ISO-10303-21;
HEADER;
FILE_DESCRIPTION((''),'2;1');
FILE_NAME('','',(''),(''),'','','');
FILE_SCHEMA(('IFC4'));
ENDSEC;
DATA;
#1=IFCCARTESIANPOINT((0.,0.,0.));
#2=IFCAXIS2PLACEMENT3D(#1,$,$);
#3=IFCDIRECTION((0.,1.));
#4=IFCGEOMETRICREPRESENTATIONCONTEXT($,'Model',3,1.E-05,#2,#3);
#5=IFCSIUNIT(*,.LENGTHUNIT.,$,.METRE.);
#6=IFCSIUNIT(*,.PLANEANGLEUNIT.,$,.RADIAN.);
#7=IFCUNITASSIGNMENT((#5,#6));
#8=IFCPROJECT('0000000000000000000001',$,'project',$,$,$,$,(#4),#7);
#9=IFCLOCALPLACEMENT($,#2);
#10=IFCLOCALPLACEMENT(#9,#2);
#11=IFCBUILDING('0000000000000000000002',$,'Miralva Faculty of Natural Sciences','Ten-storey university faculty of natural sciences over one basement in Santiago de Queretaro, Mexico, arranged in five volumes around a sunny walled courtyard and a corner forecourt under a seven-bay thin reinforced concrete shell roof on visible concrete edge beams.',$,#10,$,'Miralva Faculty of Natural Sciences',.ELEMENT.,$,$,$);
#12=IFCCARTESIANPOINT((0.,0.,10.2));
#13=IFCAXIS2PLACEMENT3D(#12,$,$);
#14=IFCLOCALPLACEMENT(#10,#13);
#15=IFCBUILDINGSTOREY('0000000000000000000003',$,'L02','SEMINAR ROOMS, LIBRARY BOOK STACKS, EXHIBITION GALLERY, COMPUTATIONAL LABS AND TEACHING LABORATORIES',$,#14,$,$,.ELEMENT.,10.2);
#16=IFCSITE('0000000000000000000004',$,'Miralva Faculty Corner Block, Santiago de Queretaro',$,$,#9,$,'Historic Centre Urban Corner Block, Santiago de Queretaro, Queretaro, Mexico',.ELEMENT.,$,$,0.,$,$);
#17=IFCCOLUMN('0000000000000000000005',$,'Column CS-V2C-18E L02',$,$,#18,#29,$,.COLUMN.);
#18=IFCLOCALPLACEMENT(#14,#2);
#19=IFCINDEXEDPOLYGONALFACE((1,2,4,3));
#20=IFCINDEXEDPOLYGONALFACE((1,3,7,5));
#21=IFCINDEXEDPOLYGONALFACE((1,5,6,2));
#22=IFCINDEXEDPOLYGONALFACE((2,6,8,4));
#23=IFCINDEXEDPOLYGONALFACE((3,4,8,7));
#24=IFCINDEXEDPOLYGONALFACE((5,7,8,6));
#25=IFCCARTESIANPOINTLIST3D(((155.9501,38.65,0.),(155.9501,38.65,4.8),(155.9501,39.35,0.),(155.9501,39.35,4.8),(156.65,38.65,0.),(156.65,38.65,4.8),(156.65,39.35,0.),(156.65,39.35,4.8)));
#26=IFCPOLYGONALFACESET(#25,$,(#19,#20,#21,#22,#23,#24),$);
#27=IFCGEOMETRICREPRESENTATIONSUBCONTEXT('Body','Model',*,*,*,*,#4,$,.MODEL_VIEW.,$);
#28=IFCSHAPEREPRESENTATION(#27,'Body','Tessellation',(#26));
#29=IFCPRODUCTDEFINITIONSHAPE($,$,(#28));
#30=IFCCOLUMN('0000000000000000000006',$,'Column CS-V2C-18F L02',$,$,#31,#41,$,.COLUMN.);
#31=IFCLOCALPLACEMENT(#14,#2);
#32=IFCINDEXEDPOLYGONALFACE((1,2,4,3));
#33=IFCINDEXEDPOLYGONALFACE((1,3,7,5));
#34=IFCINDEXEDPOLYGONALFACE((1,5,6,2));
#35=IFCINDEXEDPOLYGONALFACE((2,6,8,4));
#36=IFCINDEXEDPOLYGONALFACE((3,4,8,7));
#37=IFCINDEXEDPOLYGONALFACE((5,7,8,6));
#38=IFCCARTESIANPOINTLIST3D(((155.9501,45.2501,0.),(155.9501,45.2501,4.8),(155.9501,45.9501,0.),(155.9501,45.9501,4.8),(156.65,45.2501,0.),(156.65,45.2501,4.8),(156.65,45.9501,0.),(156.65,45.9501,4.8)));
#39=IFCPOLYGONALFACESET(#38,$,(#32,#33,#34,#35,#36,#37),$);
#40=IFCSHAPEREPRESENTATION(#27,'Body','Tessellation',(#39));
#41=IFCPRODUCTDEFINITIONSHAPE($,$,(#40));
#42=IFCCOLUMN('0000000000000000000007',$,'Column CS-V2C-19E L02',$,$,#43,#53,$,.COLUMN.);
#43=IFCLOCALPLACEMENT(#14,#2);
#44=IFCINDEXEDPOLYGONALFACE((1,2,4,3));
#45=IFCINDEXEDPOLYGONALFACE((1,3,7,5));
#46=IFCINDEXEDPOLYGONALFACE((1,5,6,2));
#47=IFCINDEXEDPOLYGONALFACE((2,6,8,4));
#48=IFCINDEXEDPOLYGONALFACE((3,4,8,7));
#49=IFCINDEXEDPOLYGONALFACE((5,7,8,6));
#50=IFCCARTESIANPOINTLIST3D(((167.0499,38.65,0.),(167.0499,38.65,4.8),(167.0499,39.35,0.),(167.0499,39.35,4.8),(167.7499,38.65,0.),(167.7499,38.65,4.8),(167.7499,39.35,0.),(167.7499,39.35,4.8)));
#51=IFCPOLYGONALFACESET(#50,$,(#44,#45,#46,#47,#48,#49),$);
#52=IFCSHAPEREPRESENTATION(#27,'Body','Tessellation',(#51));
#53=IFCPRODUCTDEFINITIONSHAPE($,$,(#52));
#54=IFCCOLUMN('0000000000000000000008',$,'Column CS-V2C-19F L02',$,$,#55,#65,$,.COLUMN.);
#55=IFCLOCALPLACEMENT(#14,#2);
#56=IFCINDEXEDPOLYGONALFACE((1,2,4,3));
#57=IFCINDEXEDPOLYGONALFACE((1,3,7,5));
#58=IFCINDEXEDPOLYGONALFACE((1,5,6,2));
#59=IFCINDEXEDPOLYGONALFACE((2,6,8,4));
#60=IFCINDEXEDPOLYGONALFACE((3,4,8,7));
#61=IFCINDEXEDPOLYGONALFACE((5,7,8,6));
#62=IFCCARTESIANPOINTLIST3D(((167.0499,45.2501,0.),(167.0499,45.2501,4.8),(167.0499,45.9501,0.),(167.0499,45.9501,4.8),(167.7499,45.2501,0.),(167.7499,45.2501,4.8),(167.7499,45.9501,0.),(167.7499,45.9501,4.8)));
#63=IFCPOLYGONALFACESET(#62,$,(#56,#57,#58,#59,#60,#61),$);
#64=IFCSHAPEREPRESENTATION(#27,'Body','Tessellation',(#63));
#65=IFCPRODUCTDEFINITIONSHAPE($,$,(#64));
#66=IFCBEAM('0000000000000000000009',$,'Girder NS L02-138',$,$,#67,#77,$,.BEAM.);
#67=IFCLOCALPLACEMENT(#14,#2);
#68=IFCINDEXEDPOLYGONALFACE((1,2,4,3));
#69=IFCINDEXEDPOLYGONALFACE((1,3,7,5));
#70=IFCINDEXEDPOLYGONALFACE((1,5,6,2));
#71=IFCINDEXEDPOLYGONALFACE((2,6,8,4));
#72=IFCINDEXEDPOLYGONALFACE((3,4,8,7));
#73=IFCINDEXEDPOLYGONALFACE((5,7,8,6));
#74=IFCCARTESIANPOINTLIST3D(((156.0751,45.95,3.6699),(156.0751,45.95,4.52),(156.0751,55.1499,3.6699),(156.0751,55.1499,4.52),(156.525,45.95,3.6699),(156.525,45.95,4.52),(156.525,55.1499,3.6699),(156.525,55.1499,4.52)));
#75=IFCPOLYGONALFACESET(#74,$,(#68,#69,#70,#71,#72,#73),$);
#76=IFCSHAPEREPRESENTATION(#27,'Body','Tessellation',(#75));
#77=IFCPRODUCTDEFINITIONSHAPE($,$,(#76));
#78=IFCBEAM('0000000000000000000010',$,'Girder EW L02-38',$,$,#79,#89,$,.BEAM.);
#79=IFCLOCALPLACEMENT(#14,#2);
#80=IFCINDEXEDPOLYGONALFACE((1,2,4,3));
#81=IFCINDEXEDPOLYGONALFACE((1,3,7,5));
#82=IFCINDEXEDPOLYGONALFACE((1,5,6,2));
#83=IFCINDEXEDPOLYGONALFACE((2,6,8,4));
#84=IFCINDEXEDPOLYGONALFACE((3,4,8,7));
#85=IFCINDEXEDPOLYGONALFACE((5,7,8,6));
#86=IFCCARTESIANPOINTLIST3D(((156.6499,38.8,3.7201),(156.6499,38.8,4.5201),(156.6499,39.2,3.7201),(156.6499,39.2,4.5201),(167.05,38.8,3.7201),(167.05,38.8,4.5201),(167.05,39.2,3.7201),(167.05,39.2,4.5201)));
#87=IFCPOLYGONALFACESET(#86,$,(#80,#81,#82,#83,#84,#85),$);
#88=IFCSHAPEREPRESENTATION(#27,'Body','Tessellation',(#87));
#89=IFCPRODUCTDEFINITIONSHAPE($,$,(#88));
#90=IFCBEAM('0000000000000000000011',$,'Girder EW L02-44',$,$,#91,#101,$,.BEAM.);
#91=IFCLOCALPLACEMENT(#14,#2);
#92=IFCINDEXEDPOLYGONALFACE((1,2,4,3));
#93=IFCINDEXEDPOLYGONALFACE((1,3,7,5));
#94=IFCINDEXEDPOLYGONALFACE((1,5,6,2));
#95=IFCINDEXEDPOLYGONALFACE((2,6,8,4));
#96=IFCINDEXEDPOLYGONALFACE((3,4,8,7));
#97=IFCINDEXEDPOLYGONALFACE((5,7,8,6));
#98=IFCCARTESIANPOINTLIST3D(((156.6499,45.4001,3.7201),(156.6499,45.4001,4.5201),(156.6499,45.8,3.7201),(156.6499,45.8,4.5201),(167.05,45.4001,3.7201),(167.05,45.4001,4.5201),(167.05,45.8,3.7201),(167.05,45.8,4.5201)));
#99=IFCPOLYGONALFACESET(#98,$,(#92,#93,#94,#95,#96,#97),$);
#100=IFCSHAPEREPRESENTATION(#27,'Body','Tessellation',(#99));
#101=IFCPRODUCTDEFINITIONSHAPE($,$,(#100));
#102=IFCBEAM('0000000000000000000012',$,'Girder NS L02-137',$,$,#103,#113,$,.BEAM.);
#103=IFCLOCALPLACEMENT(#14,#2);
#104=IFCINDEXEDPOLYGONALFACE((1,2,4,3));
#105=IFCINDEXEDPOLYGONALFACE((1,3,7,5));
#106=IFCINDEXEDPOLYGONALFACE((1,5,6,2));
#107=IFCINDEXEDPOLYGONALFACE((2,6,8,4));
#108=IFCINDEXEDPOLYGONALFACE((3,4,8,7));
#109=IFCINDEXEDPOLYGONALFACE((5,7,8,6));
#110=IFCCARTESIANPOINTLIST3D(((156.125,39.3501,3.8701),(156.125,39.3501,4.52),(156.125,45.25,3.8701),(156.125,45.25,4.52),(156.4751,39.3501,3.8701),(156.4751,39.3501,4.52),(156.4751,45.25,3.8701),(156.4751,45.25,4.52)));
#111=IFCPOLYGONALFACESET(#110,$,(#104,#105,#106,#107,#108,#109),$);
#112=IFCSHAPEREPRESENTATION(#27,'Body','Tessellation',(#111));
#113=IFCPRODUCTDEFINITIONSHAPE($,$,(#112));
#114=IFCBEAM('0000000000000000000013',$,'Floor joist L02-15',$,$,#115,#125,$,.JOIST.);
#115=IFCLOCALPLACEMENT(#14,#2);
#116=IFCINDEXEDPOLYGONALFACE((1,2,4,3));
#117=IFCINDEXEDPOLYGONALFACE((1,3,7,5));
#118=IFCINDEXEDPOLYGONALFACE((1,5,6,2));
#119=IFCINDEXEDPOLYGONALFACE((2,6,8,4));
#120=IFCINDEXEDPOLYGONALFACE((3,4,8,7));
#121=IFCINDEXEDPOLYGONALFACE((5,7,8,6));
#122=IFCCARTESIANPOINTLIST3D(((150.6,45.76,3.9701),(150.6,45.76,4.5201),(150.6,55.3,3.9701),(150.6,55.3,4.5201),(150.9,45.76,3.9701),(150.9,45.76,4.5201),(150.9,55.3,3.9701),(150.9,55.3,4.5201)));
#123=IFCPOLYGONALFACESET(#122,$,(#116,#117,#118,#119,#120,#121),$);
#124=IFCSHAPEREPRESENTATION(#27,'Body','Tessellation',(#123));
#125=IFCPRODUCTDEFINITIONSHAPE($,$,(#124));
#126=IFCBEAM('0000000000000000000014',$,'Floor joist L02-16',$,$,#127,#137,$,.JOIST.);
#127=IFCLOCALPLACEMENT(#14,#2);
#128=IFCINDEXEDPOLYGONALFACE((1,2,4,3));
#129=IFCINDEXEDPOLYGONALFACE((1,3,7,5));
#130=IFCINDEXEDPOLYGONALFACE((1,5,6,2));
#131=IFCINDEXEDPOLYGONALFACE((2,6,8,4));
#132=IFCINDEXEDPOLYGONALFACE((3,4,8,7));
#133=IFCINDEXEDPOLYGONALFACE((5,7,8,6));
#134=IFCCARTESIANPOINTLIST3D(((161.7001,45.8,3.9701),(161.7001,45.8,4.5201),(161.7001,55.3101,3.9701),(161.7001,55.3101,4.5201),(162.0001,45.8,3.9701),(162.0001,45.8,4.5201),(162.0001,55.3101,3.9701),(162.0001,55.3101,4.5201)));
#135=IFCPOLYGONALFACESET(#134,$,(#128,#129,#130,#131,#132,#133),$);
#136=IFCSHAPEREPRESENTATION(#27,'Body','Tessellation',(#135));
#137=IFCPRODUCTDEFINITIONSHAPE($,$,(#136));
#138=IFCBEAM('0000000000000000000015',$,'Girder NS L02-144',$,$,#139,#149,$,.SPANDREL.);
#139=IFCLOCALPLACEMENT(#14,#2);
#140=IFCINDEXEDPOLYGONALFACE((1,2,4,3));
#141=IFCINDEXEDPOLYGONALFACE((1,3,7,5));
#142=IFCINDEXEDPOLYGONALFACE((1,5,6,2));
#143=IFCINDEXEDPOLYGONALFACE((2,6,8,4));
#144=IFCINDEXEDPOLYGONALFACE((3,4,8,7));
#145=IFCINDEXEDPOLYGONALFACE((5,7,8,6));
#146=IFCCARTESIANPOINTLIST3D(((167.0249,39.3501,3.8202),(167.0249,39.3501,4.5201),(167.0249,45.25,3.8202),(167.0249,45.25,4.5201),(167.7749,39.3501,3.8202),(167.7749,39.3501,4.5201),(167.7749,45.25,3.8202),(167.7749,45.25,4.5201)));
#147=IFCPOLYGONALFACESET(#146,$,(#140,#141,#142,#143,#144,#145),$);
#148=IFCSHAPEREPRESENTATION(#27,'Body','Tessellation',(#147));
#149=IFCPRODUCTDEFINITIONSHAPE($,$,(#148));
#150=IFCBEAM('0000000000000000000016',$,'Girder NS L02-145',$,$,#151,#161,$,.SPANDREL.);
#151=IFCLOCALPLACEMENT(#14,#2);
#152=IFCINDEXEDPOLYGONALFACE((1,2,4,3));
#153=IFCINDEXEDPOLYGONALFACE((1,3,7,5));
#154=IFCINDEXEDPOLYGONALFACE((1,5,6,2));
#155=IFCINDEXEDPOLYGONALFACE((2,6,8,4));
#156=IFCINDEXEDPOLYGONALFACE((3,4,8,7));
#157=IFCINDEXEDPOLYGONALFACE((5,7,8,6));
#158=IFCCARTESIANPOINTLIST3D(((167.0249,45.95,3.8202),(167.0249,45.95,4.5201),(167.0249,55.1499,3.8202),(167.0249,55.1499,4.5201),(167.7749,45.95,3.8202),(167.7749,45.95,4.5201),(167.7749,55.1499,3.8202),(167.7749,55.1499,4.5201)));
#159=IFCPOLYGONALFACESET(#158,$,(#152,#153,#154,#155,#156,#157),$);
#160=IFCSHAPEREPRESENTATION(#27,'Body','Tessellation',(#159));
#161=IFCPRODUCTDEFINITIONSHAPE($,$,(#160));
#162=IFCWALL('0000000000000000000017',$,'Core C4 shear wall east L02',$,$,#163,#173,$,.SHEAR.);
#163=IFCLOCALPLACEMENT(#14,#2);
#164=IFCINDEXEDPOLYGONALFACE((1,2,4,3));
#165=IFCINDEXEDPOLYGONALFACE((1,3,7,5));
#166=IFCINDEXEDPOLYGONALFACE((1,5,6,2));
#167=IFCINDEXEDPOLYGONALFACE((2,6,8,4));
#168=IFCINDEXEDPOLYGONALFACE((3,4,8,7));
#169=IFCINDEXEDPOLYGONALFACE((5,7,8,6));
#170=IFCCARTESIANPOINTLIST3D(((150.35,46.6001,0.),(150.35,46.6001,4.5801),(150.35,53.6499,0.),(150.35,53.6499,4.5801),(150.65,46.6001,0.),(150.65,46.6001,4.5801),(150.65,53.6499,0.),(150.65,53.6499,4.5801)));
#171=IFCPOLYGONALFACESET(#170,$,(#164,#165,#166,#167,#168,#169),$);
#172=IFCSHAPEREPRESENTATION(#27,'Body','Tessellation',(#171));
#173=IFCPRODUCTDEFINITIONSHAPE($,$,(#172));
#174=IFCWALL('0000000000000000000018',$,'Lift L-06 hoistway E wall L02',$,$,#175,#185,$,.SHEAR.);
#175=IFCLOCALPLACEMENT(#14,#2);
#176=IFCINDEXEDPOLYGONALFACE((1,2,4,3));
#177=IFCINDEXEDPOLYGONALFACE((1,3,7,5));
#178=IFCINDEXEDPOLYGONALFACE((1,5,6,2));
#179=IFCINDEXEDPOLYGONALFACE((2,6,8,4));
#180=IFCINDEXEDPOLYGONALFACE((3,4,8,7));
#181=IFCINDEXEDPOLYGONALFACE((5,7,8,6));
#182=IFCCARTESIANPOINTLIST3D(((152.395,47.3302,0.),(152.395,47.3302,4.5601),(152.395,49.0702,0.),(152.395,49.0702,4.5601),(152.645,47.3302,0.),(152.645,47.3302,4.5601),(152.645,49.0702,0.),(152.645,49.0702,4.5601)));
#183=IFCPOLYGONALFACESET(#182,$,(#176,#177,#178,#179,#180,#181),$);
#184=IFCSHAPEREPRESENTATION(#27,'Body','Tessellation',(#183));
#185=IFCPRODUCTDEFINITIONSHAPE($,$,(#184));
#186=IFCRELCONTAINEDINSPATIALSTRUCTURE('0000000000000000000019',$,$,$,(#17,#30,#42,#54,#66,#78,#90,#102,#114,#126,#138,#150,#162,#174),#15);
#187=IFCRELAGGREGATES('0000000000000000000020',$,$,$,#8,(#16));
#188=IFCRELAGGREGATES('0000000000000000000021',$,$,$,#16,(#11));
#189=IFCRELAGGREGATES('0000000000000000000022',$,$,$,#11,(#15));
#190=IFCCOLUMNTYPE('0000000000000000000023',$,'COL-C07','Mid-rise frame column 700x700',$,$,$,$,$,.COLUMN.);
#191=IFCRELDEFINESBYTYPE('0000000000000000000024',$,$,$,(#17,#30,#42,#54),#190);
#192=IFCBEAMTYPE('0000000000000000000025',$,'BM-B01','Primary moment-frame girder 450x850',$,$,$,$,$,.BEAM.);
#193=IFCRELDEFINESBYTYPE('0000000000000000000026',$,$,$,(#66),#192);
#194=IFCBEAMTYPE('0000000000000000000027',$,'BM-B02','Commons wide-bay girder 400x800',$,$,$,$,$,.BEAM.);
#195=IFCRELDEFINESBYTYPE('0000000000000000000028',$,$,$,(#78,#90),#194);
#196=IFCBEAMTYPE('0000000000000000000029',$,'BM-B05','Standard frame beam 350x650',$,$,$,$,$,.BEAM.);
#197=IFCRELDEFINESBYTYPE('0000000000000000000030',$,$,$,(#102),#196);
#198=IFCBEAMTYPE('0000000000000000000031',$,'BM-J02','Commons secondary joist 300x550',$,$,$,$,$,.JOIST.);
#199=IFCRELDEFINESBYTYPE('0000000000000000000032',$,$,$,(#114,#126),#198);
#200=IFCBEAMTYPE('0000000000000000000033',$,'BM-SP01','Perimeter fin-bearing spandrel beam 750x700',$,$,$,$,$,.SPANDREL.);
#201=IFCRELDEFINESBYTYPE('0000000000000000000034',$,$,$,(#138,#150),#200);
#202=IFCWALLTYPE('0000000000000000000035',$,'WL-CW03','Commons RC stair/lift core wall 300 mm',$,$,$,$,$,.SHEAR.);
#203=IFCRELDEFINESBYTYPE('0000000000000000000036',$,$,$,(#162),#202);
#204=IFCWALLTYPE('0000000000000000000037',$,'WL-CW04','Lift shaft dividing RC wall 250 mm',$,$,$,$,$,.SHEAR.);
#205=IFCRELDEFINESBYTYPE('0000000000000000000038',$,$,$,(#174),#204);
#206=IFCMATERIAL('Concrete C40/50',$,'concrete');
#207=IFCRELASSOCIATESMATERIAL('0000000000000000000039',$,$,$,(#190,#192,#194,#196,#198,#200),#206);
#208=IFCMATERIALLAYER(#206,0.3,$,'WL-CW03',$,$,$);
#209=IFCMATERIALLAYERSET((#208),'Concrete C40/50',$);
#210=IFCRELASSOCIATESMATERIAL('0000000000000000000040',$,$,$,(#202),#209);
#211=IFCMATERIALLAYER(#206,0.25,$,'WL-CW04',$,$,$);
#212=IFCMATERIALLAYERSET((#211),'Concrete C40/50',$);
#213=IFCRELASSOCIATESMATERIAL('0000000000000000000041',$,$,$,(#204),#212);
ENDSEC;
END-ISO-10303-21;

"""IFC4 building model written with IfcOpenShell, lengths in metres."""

from ifc_helpers import new_model, si_unit, direction, frame, frame_2d, origin, origin_2d, place, context, subcontext, project, spatial, rectangle, extrude, material, layer, layer_set, material_profile, profile_set, type_object, element, save


model = new_model("IFC4")

# Units and contexts
model_context = context("Model", 3, precision=1e-05, world=origin(), true_north=direction((0.0, 1.0)))
body_context = subcontext(model_context, "Body", "Model", "MODEL_VIEW")
ifc_project = project(units=[si_unit("LENGTHUNIT", "METRE"), si_unit("PLANEANGLEUNIT", "RADIAN")], contexts=[model_context])

# Site, building, storey
site_placement = place(None, origin())
site = spatial("IfcSite", under=ifc_project, at=site_placement, Name="Miralva Faculty Corner Block, Santiago de Queretaro", LongName="Historic Centre Urban Corner Block, Santiago de Queretaro, Queretaro, Mexico", CompositionType="ELEMENT", RefElevation=0.0)
building_placement = place(site_placement, origin())
building = spatial("IfcBuilding", under=site, at=building_placement, Name="Miralva Faculty of Natural Sciences", Description="Ten-storey university faculty of natural sciences over one basement in Santiago de Queretaro, Mexico, arranged in five volumes around a sunny walled courtyard and a corner forecourt under a seven-bay thin reinforced concrete shell roof on visible concrete edge beams.", LongName="Miralva Faculty of Natural Sciences", CompositionType="ELEMENT")
storey_placement = place(building_placement, frame((0.0, 0.0, 10.2)))
storey = spatial("IfcBuildingStorey", under=building, at=storey_placement, Name="L02", Description="SEMINAR ROOMS, LIBRARY BOOK STACKS, EXHIBITION GALLERY, COMPUTATIONAL LABS AND TEACHING LABORATORIES", CompositionType="ELEMENT", Elevation=10.2)

# Columns
ifc_material_1 = material(Name="Concrete C40/50", Category="concrete")
ifc_material_profile_1 = material_profile(ifc_material_1, rectangle(XDim=0.7, YDim=0.7, at=origin_2d()), Name="RC 700x700")
ifc_profile_set_1 = profile_set([ifc_material_profile_1], Name="Concrete C40/50")
column_type = type_object("IfcColumnType", Name="COL-C07", Description="Mid-rise frame column 700x700", PredefinedType="COLUMN", material=ifc_profile_set_1)
for number, where, z_axis, x_axis, name in (
    (1, (156.3, 39.0, 0.0), (0.0, 0.0, 1.0), (1.0, 0.0, 0.0), "Column CS-V2C-18E L02"),
    (2, (156.3, 45.6001, 0.0), (0.0, 0.0, 1.0), (1.0, 0.0, 0.0), "Column CS-V2C-18F L02"),
    (3, (167.3999, 39.0, 0.0), (0.0, 0.0, 1.0), (1.0, 0.0, 0.0), "Column CS-V2C-19E L02"),
    (4, (167.3999, 45.6001, 0.0), (0.0, 0.0, 1.0), (1.0, 0.0, 0.0), "Column CS-V2C-19F L02"),
):
    element("IfcColumn", number, at=place(storey_placement, frame(where, z_axis=z_axis, x_axis=x_axis)), inside=storey, type_object=column_type, Name=name, PredefinedType="COLUMN", context=body_context, shape_type="SweptSolid", body=[
        extrude(rectangle(XDim=0.7, YDim=0.7, at=origin_2d()), origin(), (0.0, 0.0, 1.0), 4.8),
    ])

# Beams
ifc_material_profile_2 = material_profile(ifc_material_1, rectangle(XDim=0.45, YDim=0.8501, at=origin_2d()), Name="RC 450x850")
ifc_profile_set_2 = profile_set([ifc_material_profile_2], Name="Concrete C40/50")
beam_type_1 = type_object("IfcBeamType", Name="BM-B01", Description="Primary moment-frame girder 450x850", PredefinedType="BEAM", material=ifc_profile_set_2)
beam_1_placement = place(storey_placement, frame((156.3, 45.95, 4.095), z_axis=(0.0, 1.0, 0.0), x_axis=(-1.0, 0.0, 0.0)))
element("IfcBeam", 5, at=beam_1_placement, inside=storey, type_object=beam_type_1, Name="Girder NS L02-138", PredefinedType="BEAM", context=body_context, shape_type="SweptSolid", body=[
    extrude(rectangle(XDim=0.45, YDim=0.8501, at=origin_2d()), origin(), (0.0, 0.0, 1.0), 9.2),
])
ifc_material_profile_3 = material_profile(ifc_material_1, rectangle(XDim=0.3999, YDim=0.8, at=origin_2d()), Name="RC 400x800")
ifc_profile_set_3 = profile_set([ifc_material_profile_3], Name="Concrete C40/50")
beam_type_2 = type_object("IfcBeamType", Name="BM-B02", Description="Commons wide-bay girder 400x800", PredefinedType="BEAM", material=ifc_profile_set_3)
for number, where, z_axis, x_axis, name in (
    (6, (156.6499, 39.0, 4.1201), (1.0, 0.0, 0.0), (0.0, 1.0, 0.0), "Girder EW L02-38"),
    (7, (156.6499, 45.6001, 4.1201), (1.0, 0.0, 0.0), (0.0, 1.0, 0.0), "Girder EW L02-44"),
):
    element("IfcBeam", number, at=place(storey_placement, frame(where, z_axis=z_axis, x_axis=x_axis)), inside=storey, type_object=beam_type_2, Name=name, PredefinedType="BEAM", context=body_context, shape_type="SweptSolid", body=[
        extrude(rectangle(XDim=0.3999, YDim=0.8, at=origin_2d()), origin(), (0.0, 0.0, 1.0), 10.4001),
    ])
ifc_material_profile_4 = material_profile(ifc_material_1, rectangle(XDim=0.3501, YDim=0.6499, at=origin_2d()), Name="RC 350x650")
ifc_profile_set_4 = profile_set([ifc_material_profile_4], Name="Concrete C40/50")
beam_type_3 = type_object("IfcBeamType", Name="BM-B05", Description="Standard frame beam 350x650", PredefinedType="BEAM", material=ifc_profile_set_4)
beam_2_placement = place(storey_placement, frame((156.3, 39.3501, 4.1951), z_axis=(0.0, 1.0, 0.0), x_axis=(-1.0, 0.0, 0.0)))
element("IfcBeam", 8, at=beam_2_placement, inside=storey, type_object=beam_type_3, Name="Girder NS L02-137", PredefinedType="BEAM", context=body_context, shape_type="SweptSolid", body=[
    extrude(rectangle(XDim=0.3501, YDim=0.6499, at=origin_2d()), origin(), (0.0, 0.0, 1.0), 5.8999),
])
ifc_material_profile_5 = material_profile(ifc_material_1, rectangle(XDim=0.3, YDim=0.55, at=origin_2d()), Name="RC 300x550")
ifc_profile_set_5 = profile_set([ifc_material_profile_5], Name="Concrete C40/50")
beam_type_4 = type_object("IfcBeamType", Name="BM-J02", Description="Commons secondary joist 300x550", PredefinedType="JOIST", material=ifc_profile_set_5)
beam_3_placement = place(storey_placement, frame((150.75, 45.76, 4.2451), z_axis=(0.0, 1.0, 0.0), x_axis=(-1.0, 0.0, 0.0)))
element("IfcBeam", 9, at=beam_3_placement, inside=storey, type_object=beam_type_4, Name="Floor joist L02-15", PredefinedType="JOIST", context=body_context, shape_type="SweptSolid", body=[
    extrude(rectangle(XDim=0.3, YDim=0.55, at=origin_2d()), origin(), (0.0, 0.0, 1.0), 9.54),
])
beam_4_placement = place(storey_placement, frame((161.8501, 45.8, 4.2451), z_axis=(0.0, 1.0, 0.0), x_axis=(-1.0, 0.0, 0.0)))
element("IfcBeam", 10, at=beam_4_placement, inside=storey, type_object=beam_type_4, Name="Floor joist L02-16", PredefinedType="JOIST", context=body_context, shape_type="SweptSolid", body=[
    extrude(rectangle(XDim=0.3, YDim=0.55, at=origin_2d()), origin(), (0.0, 0.0, 1.0), 9.51),
])
ifc_material_profile_6 = material_profile(ifc_material_1, rectangle(XDim=0.75, YDim=0.7, at=origin_2d()), Name="RC 750x700")
ifc_profile_set_6 = profile_set([ifc_material_profile_6], Name="Concrete C40/50")
beam_type_5 = type_object("IfcBeamType", Name="BM-SP01", Description="Perimeter fin-bearing spandrel beam 750x700", PredefinedType="SPANDREL", material=ifc_profile_set_6)
beam_5_placement = place(storey_placement, frame((167.3999, 39.3501, 4.1702), z_axis=(0.0, 1.0, 0.0), x_axis=(-1.0, 0.0, 0.0)))
element("IfcBeam", 11, at=beam_5_placement, inside=storey, type_object=beam_type_5, Name="Girder NS L02-144", PredefinedType="SPANDREL", context=body_context, shape_type="SweptSolid", body=[
    extrude(rectangle(XDim=0.75, YDim=0.7, at=origin_2d()), origin(), (0.0, 0.0, 1.0), 5.8999),
])
beam_6_placement = place(storey_placement, frame((167.3999, 45.95, 4.1702), z_axis=(0.0, 1.0, 0.0), x_axis=(-1.0, 0.0, 0.0)))
element("IfcBeam", 12, at=beam_6_placement, inside=storey, type_object=beam_type_5, Name="Girder NS L02-145", PredefinedType="SPANDREL", context=body_context, shape_type="SweptSolid", body=[
    extrude(rectangle(XDim=0.75, YDim=0.7, at=origin_2d()), origin(), (0.0, 0.0, 1.0), 9.2),
])

# Walls
ifc_layer_1 = layer(ifc_material_1, 0.3, Name="WL-CW03")
ifc_layer_set_1 = layer_set([ifc_layer_1], Name="Concrete C40/50")
wall_type_1 = type_object("IfcWallType", Name="WL-CW03", Description="Commons RC stair/lift core wall 300 mm", PredefinedType="SHEAR", material=ifc_layer_set_1)
wall_1_placement = place(storey_placement, frame((150.5, 46.6001, 0.0), z_axis=(0.0, 0.0, 1.0), x_axis=(0.0, 1.0, 0.0)))
element("IfcWall", 13, at=wall_1_placement, inside=storey, type_object=wall_type_1, Name="Core C4 shear wall east L02", PredefinedType="SHEAR", context=body_context, shape_type="SweptSolid", body=[
    extrude(rectangle(XDim=7.0498, YDim=0.3, at=frame_2d((3.5249, 0.0))), origin(), (0.0, 0.0, 1.0), 4.5801),
])
ifc_layer_2 = layer(ifc_material_1, 0.25, Name="WL-CW04")
ifc_layer_set_2 = layer_set([ifc_layer_2], Name="Concrete C40/50")
wall_type_2 = type_object("IfcWallType", Name="WL-CW04", Description="Lift shaft dividing RC wall 250 mm", PredefinedType="SHEAR", material=ifc_layer_set_2)
wall_2_placement = place(storey_placement, frame((152.52, 47.3301, 0.0), z_axis=(0.0, 0.0, 1.0), x_axis=(0.0, 1.0, 0.0)))
element("IfcWall", 14, at=wall_2_placement, inside=storey, type_object=wall_type_2, Name="Lift L-06 hoistway E wall L02", PredefinedType="SHEAR", context=body_context, shape_type="SweptSolid", body=[
    extrude(rectangle(XDim=1.74, YDim=0.25, at=frame_2d((0.8701, 0.0))), origin(), (0.0, 0.0, 1.0), 4.5601),
])

save(model, "model.ifc")
